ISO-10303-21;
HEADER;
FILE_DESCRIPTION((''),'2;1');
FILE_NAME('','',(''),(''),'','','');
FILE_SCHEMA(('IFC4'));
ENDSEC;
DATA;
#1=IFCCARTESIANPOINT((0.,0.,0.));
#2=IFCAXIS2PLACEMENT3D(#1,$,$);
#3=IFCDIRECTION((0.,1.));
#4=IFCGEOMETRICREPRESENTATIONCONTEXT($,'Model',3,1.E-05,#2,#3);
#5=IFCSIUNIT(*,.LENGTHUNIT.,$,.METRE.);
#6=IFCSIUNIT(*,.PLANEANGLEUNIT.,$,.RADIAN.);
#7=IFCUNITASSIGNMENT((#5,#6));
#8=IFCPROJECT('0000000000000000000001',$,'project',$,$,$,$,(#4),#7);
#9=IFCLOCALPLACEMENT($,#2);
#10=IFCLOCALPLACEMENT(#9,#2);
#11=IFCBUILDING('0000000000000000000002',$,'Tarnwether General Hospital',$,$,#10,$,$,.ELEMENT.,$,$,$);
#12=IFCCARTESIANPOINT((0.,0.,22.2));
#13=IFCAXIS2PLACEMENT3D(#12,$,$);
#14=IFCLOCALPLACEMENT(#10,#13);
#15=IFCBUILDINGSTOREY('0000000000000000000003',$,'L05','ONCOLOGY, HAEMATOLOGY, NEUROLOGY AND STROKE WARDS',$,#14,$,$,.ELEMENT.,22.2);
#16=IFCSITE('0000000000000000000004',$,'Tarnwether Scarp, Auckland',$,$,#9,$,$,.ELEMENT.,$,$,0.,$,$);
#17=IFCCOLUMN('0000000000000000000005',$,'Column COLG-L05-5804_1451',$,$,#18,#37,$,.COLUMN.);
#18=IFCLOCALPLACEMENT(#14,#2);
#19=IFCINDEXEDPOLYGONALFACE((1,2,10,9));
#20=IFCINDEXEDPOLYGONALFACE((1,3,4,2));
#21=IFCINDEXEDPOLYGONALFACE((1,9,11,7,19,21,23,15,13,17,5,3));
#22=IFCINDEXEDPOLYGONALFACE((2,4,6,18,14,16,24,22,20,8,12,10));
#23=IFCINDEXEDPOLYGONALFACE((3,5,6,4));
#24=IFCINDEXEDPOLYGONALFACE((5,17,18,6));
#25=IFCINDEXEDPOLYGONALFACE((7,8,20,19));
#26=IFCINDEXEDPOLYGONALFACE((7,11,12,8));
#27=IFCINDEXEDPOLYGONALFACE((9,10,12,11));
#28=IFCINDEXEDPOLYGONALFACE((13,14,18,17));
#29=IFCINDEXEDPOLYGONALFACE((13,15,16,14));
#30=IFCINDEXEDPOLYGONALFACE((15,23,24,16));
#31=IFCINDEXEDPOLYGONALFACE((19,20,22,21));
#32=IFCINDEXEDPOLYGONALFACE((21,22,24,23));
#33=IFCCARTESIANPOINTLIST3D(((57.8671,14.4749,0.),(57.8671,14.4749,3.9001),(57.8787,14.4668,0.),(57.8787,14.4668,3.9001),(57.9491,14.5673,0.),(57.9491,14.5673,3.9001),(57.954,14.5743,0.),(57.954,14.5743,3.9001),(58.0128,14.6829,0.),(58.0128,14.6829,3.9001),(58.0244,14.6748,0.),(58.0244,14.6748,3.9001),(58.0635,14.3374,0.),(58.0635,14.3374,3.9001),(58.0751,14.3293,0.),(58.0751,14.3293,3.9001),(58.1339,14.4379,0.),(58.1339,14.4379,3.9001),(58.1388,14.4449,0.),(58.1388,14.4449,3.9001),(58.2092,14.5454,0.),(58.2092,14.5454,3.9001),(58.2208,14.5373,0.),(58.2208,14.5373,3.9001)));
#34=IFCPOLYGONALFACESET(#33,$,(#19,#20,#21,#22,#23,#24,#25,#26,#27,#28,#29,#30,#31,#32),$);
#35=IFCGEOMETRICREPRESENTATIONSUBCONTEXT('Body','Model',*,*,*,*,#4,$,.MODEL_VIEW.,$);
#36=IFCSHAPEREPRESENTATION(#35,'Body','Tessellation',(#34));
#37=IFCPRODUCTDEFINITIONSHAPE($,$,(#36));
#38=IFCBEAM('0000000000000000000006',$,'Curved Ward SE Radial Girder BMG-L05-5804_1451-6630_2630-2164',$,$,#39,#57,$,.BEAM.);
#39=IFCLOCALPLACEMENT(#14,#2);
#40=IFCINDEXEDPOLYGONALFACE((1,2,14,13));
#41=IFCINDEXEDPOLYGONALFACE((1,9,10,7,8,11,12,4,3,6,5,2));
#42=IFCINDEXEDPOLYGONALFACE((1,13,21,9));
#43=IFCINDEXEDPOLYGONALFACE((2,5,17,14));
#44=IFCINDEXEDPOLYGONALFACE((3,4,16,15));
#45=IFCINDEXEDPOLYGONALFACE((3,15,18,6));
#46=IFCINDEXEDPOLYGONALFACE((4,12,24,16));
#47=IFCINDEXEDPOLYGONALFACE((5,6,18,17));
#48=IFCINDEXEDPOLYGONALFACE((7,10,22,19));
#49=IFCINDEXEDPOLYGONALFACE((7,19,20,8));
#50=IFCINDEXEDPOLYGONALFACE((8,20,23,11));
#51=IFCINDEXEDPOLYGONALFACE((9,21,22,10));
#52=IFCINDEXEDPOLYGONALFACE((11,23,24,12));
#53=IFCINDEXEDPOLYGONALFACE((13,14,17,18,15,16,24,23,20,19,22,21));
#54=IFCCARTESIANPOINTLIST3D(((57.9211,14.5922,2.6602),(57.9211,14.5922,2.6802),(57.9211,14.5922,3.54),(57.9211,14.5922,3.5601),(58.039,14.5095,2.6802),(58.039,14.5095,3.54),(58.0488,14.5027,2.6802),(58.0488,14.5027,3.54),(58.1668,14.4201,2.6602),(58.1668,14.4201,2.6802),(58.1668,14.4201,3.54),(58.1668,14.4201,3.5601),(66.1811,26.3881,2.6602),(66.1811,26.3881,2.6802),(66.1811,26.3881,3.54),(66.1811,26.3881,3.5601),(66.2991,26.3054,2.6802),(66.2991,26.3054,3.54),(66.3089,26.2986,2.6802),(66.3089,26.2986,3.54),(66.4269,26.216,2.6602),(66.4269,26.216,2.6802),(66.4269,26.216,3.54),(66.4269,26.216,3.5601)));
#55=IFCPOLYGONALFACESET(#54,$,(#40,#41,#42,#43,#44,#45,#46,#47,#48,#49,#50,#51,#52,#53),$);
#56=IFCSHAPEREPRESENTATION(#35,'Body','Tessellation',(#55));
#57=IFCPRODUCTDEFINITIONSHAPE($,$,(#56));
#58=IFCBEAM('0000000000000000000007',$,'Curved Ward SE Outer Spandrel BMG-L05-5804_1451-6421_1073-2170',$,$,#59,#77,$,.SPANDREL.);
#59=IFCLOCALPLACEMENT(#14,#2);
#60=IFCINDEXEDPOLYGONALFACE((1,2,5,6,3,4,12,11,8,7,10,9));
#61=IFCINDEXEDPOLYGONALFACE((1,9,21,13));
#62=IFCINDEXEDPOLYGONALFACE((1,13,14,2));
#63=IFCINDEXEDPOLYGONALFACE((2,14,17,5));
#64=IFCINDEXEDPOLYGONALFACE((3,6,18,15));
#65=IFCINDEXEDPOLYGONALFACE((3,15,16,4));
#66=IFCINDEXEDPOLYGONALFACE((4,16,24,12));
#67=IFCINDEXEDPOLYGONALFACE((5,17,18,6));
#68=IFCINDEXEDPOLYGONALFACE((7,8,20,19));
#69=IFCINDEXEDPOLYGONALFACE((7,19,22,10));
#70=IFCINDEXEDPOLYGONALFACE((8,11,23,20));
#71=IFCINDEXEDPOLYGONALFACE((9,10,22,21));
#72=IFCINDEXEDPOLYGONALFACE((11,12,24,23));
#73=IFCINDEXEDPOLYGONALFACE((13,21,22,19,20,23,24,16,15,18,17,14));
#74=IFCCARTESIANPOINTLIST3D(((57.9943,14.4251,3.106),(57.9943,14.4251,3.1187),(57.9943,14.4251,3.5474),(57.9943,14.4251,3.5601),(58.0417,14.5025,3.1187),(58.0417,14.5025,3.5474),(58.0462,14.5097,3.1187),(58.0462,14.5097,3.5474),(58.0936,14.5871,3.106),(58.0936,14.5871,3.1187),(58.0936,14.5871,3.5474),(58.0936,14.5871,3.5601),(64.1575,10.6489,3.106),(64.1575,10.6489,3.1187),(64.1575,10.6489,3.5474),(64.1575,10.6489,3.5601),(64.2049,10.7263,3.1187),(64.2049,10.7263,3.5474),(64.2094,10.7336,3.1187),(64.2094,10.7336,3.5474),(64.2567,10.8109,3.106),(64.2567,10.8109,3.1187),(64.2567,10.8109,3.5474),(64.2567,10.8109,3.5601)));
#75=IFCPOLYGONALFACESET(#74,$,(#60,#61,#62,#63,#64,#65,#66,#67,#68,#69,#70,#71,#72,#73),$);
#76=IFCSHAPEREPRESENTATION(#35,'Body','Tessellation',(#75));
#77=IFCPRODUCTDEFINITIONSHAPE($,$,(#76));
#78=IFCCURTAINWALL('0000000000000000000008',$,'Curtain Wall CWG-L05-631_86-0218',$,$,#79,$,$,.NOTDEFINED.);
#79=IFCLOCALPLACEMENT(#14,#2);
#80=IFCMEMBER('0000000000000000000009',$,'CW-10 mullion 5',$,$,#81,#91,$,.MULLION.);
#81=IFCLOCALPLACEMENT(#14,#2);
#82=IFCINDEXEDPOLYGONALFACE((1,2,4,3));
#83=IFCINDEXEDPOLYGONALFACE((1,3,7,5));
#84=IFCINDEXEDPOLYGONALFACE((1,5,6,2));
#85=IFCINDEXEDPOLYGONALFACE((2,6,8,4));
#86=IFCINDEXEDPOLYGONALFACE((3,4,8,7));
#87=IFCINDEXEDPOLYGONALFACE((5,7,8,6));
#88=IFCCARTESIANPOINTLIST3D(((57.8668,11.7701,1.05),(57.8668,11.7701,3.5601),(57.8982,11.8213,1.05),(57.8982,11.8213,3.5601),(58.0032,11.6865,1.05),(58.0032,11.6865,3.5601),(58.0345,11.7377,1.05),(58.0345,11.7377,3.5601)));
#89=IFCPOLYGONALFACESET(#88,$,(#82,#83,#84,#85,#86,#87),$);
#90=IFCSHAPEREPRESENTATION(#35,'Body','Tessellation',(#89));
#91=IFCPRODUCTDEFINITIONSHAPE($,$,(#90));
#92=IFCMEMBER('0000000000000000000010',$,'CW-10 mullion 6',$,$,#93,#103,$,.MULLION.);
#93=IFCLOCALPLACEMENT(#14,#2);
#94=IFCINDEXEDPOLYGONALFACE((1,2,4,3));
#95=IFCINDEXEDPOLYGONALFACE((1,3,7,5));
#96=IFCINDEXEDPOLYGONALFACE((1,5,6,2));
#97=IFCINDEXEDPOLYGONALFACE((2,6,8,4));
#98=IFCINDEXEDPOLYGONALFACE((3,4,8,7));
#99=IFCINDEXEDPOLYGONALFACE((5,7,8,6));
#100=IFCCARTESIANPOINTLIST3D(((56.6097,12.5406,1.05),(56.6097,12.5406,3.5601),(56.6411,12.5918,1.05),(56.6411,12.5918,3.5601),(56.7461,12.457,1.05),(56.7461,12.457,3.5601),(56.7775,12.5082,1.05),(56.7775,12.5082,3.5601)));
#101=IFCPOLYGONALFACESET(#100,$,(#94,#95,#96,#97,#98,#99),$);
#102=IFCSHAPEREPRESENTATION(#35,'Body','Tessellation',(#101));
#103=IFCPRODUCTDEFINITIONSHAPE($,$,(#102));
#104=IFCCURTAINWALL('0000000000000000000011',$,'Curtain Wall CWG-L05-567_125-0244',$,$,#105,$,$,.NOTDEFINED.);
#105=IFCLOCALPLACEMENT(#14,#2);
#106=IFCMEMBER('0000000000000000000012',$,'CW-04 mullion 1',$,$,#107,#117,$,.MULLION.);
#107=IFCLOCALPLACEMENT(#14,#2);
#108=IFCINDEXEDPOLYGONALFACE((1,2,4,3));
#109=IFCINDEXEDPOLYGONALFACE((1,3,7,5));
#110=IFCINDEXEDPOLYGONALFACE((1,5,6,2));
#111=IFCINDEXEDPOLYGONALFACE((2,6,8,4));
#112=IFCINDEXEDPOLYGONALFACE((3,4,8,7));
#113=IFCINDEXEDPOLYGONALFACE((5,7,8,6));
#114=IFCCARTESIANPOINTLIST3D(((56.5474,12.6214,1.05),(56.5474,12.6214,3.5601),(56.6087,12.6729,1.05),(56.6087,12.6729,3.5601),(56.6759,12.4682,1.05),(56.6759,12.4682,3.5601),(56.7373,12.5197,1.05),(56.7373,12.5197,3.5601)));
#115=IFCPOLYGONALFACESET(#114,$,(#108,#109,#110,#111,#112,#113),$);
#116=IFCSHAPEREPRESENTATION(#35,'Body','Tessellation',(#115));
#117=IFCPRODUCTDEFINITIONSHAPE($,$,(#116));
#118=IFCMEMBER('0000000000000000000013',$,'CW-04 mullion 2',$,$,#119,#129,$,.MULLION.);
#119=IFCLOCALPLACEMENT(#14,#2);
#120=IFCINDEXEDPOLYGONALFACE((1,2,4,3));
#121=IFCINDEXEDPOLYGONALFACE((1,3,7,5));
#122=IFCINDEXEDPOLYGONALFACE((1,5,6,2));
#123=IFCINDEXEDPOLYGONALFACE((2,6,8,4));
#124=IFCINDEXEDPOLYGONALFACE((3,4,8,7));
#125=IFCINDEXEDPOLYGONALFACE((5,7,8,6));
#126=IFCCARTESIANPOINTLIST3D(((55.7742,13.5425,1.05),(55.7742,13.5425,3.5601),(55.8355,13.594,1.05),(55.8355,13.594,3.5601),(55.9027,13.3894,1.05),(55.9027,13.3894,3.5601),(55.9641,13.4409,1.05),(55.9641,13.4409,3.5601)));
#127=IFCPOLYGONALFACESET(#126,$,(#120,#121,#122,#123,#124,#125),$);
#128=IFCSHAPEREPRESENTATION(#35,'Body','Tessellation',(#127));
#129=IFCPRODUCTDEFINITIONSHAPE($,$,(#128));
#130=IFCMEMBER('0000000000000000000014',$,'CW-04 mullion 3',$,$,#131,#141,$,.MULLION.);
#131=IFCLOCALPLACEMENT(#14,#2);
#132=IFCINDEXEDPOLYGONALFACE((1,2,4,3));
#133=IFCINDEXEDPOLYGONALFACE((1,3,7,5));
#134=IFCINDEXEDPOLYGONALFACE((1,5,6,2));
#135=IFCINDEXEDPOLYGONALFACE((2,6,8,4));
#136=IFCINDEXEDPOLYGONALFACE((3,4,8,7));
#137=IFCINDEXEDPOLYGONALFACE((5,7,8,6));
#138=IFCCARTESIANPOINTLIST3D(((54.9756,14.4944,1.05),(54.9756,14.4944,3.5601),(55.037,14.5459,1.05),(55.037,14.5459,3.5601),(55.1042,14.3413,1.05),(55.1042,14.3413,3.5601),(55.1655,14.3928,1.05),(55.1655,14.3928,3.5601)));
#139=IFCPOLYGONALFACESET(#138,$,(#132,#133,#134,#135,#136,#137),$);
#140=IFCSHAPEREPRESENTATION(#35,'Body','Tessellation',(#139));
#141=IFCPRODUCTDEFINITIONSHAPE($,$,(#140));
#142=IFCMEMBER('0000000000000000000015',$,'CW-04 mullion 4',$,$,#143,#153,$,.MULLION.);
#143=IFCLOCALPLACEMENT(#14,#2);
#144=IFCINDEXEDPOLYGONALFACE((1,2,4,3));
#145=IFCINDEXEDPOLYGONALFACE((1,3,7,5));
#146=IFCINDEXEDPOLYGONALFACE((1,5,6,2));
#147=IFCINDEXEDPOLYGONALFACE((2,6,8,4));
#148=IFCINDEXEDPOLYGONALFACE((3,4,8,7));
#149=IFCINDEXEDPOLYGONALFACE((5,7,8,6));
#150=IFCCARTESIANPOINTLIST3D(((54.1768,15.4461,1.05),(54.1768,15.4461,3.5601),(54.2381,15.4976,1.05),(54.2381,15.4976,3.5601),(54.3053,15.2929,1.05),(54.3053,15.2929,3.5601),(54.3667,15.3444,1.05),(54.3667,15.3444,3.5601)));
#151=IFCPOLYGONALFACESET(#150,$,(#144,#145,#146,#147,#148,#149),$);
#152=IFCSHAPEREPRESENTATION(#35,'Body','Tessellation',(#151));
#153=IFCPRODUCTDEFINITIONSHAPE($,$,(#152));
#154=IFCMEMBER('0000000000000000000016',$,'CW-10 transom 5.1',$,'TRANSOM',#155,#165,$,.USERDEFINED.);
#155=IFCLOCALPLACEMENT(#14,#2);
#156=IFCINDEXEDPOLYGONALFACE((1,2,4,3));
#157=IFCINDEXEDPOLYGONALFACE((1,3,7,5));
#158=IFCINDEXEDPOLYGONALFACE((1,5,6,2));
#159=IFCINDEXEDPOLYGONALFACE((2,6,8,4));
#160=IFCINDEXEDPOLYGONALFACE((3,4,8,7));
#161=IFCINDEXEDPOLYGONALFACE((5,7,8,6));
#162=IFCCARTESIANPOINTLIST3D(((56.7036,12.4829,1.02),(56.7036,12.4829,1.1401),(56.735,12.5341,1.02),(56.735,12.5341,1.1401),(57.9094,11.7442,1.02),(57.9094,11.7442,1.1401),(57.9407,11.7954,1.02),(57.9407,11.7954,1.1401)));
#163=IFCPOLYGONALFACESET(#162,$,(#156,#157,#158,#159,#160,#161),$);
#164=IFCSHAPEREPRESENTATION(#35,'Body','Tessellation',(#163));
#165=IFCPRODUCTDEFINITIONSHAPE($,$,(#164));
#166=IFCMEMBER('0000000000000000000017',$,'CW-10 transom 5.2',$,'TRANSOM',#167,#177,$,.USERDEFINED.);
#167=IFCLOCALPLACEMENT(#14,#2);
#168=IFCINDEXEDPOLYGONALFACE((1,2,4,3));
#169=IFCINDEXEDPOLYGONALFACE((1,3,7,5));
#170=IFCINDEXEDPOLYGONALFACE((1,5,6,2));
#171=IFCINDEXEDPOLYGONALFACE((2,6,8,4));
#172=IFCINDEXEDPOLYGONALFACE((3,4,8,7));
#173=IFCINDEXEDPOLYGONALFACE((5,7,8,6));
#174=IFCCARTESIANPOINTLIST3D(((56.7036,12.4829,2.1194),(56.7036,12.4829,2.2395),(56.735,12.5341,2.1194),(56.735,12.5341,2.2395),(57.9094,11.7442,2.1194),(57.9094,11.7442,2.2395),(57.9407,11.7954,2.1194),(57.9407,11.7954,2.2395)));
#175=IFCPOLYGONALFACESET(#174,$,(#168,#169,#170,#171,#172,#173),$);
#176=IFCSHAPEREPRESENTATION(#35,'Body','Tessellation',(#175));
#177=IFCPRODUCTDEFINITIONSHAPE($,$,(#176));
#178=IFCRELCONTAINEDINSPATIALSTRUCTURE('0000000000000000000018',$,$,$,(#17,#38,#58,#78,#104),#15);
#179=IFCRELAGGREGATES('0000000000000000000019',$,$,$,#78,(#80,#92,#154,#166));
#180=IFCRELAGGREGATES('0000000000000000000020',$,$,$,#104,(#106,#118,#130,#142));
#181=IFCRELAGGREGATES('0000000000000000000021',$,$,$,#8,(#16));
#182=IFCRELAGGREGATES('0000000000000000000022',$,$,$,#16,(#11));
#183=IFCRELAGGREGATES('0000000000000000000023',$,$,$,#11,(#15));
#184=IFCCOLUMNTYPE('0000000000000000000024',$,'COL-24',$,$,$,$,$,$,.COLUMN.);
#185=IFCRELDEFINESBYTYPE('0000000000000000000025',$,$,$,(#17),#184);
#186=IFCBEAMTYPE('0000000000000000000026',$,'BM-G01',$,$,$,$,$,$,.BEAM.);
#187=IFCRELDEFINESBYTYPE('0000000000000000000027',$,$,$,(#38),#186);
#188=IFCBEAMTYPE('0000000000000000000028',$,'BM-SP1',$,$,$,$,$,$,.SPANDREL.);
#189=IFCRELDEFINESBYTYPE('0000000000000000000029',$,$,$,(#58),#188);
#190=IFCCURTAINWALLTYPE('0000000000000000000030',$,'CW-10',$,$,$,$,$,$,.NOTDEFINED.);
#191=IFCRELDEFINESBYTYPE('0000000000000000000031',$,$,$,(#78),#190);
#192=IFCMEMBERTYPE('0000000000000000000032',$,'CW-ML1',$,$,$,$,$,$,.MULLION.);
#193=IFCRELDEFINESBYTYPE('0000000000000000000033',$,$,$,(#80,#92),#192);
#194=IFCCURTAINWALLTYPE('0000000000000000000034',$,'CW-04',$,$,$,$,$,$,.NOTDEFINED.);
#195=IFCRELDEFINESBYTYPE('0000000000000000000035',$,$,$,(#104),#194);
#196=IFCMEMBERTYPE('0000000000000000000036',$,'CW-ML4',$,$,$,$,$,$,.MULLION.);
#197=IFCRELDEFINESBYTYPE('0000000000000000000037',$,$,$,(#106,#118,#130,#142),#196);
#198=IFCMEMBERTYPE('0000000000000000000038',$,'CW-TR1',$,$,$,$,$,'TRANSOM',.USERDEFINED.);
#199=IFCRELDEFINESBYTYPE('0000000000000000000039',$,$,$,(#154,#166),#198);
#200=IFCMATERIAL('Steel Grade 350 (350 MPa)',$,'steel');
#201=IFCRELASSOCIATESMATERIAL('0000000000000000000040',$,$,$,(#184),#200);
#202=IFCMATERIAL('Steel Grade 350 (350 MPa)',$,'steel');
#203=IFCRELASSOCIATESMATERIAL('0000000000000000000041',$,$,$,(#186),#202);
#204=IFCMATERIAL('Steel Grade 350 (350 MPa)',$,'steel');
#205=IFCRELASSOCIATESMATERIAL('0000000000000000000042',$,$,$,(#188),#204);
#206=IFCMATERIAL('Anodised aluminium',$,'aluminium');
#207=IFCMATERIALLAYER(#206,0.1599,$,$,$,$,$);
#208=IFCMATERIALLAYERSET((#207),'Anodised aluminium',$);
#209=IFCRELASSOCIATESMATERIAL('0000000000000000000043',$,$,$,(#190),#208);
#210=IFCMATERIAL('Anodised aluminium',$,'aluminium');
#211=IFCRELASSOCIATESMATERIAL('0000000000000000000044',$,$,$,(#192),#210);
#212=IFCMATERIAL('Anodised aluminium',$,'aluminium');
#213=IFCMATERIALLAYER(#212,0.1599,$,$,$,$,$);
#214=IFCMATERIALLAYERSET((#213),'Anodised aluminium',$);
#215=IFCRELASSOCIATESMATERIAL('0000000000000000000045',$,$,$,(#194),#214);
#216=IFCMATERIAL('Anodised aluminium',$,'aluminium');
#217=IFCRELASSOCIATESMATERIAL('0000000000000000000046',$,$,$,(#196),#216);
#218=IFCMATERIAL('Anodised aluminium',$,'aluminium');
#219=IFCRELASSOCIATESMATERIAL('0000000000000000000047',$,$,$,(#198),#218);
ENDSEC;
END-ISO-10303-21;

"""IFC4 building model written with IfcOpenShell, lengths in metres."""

from ifc_helpers import new_model, si_unit, direction, frame, origin, origin_2d, place, context, subcontext, project, spatial, rectangle, i_section, extrude, material, layer, layer_set, material_profile, profile_set, type_object, element, aggregate, save


model = new_model("IFC4")

# Units and contexts
model_context = context("Model", 3, precision=1e-05, world=origin(), true_north=direction((0.0, 1.0)))
body_context = subcontext(model_context, "Body", "Model", "MODEL_VIEW")
ifc_project = project(units=[si_unit("LENGTHUNIT", "METRE"), si_unit("PLANEANGLEUNIT", "RADIAN")], contexts=[model_context])

# Site, building, storey
site_placement = place(None, origin())
site = spatial("IfcSite", under=ifc_project, at=site_placement, Name="Tarnwether Scarp, Auckland", CompositionType="ELEMENT", RefElevation=0.0)
building_placement = place(site_placement, origin())
building = spatial("IfcBuilding", under=site, at=building_placement, Name="Tarnwether General Hospital", CompositionType="ELEMENT")
storey_placement = place(building_placement, frame((0.0, 0.0, 22.2)))
storey = spatial("IfcBuildingStorey", under=building, at=storey_placement, Name="L05", Description="ONCOLOGY, HAEMATOLOGY, NEUROLOGY AND STROKE WARDS", CompositionType="ELEMENT", Elevation=22.2)

# Column
ifc_material_1 = material(Name="Steel Grade 350 (350 MPa)", Category="steel")
ifc_material_profile_1 = material_profile(ifc_material_1, i_section(OverallWidth=0.2539, OverallDepth=0.2539, WebThickness=0.0085, FlangeThickness=0.0142, at=origin_2d()), Name="250UC72.9")
ifc_profile_set_1 = profile_set([ifc_material_profile_1], Name="Steel Grade 350 (350 MPa)")
column_type = type_object("IfcColumnType", Name="COL-24", PredefinedType="COLUMN", material=ifc_profile_set_1)
column_placement = place(storey_placement, frame((58.0439, 14.5061, 0.0), z_axis=(0.0, 0.0, 1.0), x_axis=(0.573576, 0.819152, 0.0)))
element("IfcColumn", 1, at=column_placement, inside=storey, type_object=column_type, Name="Column COLG-L05-5804_1451", PredefinedType="COLUMN", context=body_context, shape_type="SweptSolid", body=[
    extrude(i_section(OverallWidth=0.2539, OverallDepth=0.2539, WebThickness=0.0085, FlangeThickness=0.0142, at=origin_2d()), origin(), (0.0, 0.0, 1.0), 3.9001),
])

# Beams
ifc_material_2 = material(Name="Steel Grade 350 (350 MPa)", Category="steel")
ifc_material_profile_2 = material_profile(ifc_material_2, i_section(OverallWidth=0.3, OverallDepth=0.8999, WebThickness=0.012, FlangeThickness=0.02, at=origin_2d()), Name="900WB175")
ifc_profile_set_2 = profile_set([ifc_material_profile_2], Name="Steel Grade 350 (350 MPa)")
beam_type_1 = type_object("IfcBeamType", Name="BM-G01", PredefinedType="BEAM", material=ifc_profile_set_2)
beam_1_placement = place(storey_placement, frame((58.0439, 14.5061, 3.1101), z_axis=(0.573597, 0.819138, 0.0), x_axis=(-0.819138, 0.573597, 0.0)))
element("IfcBeam", 2, at=beam_1_placement, inside=storey, type_object=beam_type_1, Name="Curved Ward SE Radial Girder BMG-L05-5804_1451-6630_2630-2164", PredefinedType="BEAM", context=body_context, shape_type="SweptSolid", body=[
    extrude(i_section(OverallWidth=0.3, OverallDepth=0.8999, WebThickness=0.012, FlangeThickness=0.02, at=origin_2d()), origin(), (0.0, 0.0, 1.0), 14.4004),
])
ifc_material_3 = material(Name="Steel Grade 350 (350 MPa)", Category="steel")
ifc_material_profile_3 = material_profile(ifc_material_3, i_section(OverallWidth=0.1899, OverallDepth=0.4541, WebThickness=0.0085, FlangeThickness=0.0127, at=origin_2d()), Name="460UB67.1")
ifc_profile_set_3 = profile_set([ifc_material_profile_3], Name="Steel Grade 350 (350 MPa)")
beam_type_2 = type_object("IfcBeamType", Name="BM-SP1", PredefinedType="SPANDREL", material=ifc_profile_set_3)
beam_2_placement = place(storey_placement, frame((58.0439, 14.5061, 3.333), z_axis=(0.852678, -0.522436, 0.0), x_axis=(0.522436, 0.852678, 0.0)))
element("IfcBeam", 3, at=beam_2_placement, inside=storey, type_object=beam_type_2, Name="Curved Ward SE Outer Spandrel BMG-L05-5804_1451-6421_1073-2170", PredefinedType="SPANDREL", context=body_context, shape_type="SweptSolid", body=[
    extrude(i_section(OverallWidth=0.1899, OverallDepth=0.4541, WebThickness=0.0085, FlangeThickness=0.0127, at=origin_2d()), origin(), (0.0, 0.0, 1.0), 7.228),
])

# Curtain walls, members
ifc_material_4 = material(Name="Anodised aluminium", Category="aluminium")
ifc_layer_1 = layer(ifc_material_4, 0.1599)
ifc_layer_set_1 = layer_set([ifc_layer_1], Name="Anodised aluminium")
curtain_wall_type_1 = type_object("IfcCurtainWallType", Name="CW-10", PredefinedType="NOTDEFINED", material=ifc_layer_set_1)
curtain_wall_1_placement = place(storey_placement, origin())
curtain_wall_1 = element("IfcCurtainWall", 4, at=curtain_wall_1_placement, inside=storey, type_object=curtain_wall_type_1, Name="Curtain Wall CWG-L05-631_86-0218", PredefinedType="NOTDEFINED")
ifc_material_5 = material(Name="Anodised aluminium", Category="aluminium")
ifc_material_profile_4 = material_profile(ifc_material_5, rectangle(XDim=0.0601, YDim=0.1599, at=origin_2d()), Name="ALU-MUL-60x160")
ifc_profile_set_4 = profile_set([ifc_material_profile_4], Name="Anodised aluminium")
member_type_1 = type_object("IfcMemberType", Name="CW-ML1", PredefinedType="MULLION", material=ifc_profile_set_4)
member_1_placement = place(storey_placement, frame((57.9507, 11.7539, 1.05), z_axis=(0.0, 0.0, 1.0), x_axis=(-0.522509, -0.852634, 0.0)))
member_1 = element("IfcMember", 5, at=member_1_placement, type_object=member_type_1, Name="CW-10 mullion 5", PredefinedType="MULLION", context=body_context, shape_type="SweptSolid", body=[
    extrude(rectangle(XDim=0.0601, YDim=0.1599, at=origin_2d()), origin(), (0.0, 0.0, 1.0), 2.51),
])
member_2_placement = place(storey_placement, frame((56.6936, 12.5244, 1.05), z_axis=(0.0, 0.0, 1.0), x_axis=(-0.522509, -0.852634, 0.0)))
member_2 = element("IfcMember", 6, at=member_2_placement, type_object=member_type_1, Name="CW-10 mullion 6", PredefinedType="MULLION", context=body_context, shape_type="SweptSolid", body=[
    extrude(rectangle(XDim=0.0601, YDim=0.1599, at=origin_2d()), origin(), (0.0, 0.0, 1.0), 2.51),
])
ifc_material_6 = material(Name="Anodised aluminium", Category="aluminium")
ifc_layer_2 = layer(ifc_material_6, 0.1599)
ifc_layer_set_2 = layer_set([ifc_layer_2], Name="Anodised aluminium")
curtain_wall_type_2 = type_object("IfcCurtainWallType", Name="CW-04", PredefinedType="NOTDEFINED", material=ifc_layer_set_2)
curtain_wall_2_placement = place(storey_placement, origin())
curtain_wall_2 = element("IfcCurtainWall", 7, at=curtain_wall_2_placement, inside=storey, type_object=curtain_wall_type_2, Name="Curtain Wall CWG-L05-567_125-0244", PredefinedType="NOTDEFINED")
ifc_material_7 = material(Name="Anodised aluminium", Category="aluminium")
ifc_material_profile_5 = material_profile(ifc_material_7, rectangle(XDim=0.0801, YDim=0.2, at=origin_2d()), Name="ALU-MUL-80x200")
ifc_profile_set_5 = profile_set([ifc_material_profile_5], Name="Anodised aluminium")
member_type_2 = type_object("IfcMemberType", Name="CW-ML4", PredefinedType="MULLION", material=ifc_profile_set_5)
member_3_placement = place(storey_placement, frame((56.6423, 12.5706, 1.05), z_axis=(0.0, 0.0, 1.0), x_axis=(-0.76599, -0.642852, 0.0)))
member_3 = element("IfcMember", 8, at=member_3_placement, type_object=member_type_2, Name="CW-04 mullion 1", PredefinedType="MULLION", context=body_context, shape_type="SweptSolid", body=[
    extrude(rectangle(XDim=0.0801, YDim=0.2, at=origin_2d()), origin(), (0.0, 0.0, 1.0), 2.51),
])
member_4_placement = place(storey_placement, frame((55.8691, 13.4917, 1.05), z_axis=(0.0, 0.0, 1.0), x_axis=(-0.76599, -0.642852, 0.0)))
member_4 = element("IfcMember", 9, at=member_4_placement, type_object=member_type_2, Name="CW-04 mullion 2", PredefinedType="MULLION", context=body_context, shape_type="SweptSolid", body=[
    extrude(rectangle(XDim=0.0801, YDim=0.2, at=origin_2d()), origin(), (0.0, 0.0, 1.0), 2.51),
])
member_5_placement = place(storey_placement, frame((55.0706, 14.4436, 1.05), z_axis=(0.0, 0.0, 1.0), x_axis=(-0.76599, -0.642852, 0.0)))
member_5 = element("IfcMember", 10, at=member_5_placement, type_object=member_type_2, Name="CW-04 mullion 3", PredefinedType="MULLION", context=body_context, shape_type="SweptSolid", body=[
    extrude(rectangle(XDim=0.0801, YDim=0.2, at=origin_2d()), origin(), (0.0, 0.0, 1.0), 2.51),
])
member_6_placement = place(storey_placement, frame((54.2717, 15.3953, 1.05), z_axis=(0.0, 0.0, 1.0), x_axis=(-0.76599, -0.642852, 0.0)))
member_6 = element("IfcMember", 11, at=member_6_placement, type_object=member_type_2, Name="CW-04 mullion 4", PredefinedType="MULLION", context=body_context, shape_type="SweptSolid", body=[
    extrude(rectangle(XDim=0.0801, YDim=0.2, at=origin_2d()), origin(), (0.0, 0.0, 1.0), 2.51),
])

# Members
ifc_material_8 = material(Name="Anodised aluminium", Category="aluminium")
ifc_material_profile_6 = material_profile(ifc_material_8, rectangle(XDim=0.0601, YDim=0.1201, at=origin_2d()), Name="ALU-TRN-60x120")
ifc_profile_set_6 = profile_set([ifc_material_profile_6], Name="Anodised aluminium")
member_type_3 = type_object("IfcMemberType", Name="CW-TR1", ElementType="TRANSOM", PredefinedType="USERDEFINED", material=ifc_profile_set_6)
member_7_placement = place(storey_placement, frame((57.925, 11.7698, 1.0801), z_axis=(-0.852688, 0.52242, 0.0), x_axis=(-0.52242, -0.852688, 0.0)))
member_7 = element("IfcMember", 12, at=member_7_placement, type_object=member_type_3, Name="CW-10 transom 5.1", ObjectType="TRANSOM", PredefinedType="USERDEFINED", context=body_context, shape_type="SweptSolid", body=[
    extrude(rectangle(XDim=0.0601, YDim=0.1201, at=origin_2d()), origin(), (0.0, 0.0, 1.0), 1.4141),
])
member_8_placement = place(storey_placement, frame((57.925, 11.7698, 2.1794), z_axis=(-0.852688, 0.52242, 0.0), x_axis=(-0.52242, -0.852688, 0.0)))
member_8 = element("IfcMember", 13, at=member_8_placement, type_object=member_type_3, Name="CW-10 transom 5.2", ObjectType="TRANSOM", PredefinedType="USERDEFINED", context=body_context, shape_type="SweptSolid", body=[
    extrude(rectangle(XDim=0.0601, YDim=0.1201, at=origin_2d()), origin(), (0.0, 0.0, 1.0), 1.4141),
])

aggregate(curtain_wall_1, [member_1, member_2, member_7, member_8])
aggregate(curtain_wall_2, [member_3, member_4, member_5, member_6])

save(model, "model.ifc")
